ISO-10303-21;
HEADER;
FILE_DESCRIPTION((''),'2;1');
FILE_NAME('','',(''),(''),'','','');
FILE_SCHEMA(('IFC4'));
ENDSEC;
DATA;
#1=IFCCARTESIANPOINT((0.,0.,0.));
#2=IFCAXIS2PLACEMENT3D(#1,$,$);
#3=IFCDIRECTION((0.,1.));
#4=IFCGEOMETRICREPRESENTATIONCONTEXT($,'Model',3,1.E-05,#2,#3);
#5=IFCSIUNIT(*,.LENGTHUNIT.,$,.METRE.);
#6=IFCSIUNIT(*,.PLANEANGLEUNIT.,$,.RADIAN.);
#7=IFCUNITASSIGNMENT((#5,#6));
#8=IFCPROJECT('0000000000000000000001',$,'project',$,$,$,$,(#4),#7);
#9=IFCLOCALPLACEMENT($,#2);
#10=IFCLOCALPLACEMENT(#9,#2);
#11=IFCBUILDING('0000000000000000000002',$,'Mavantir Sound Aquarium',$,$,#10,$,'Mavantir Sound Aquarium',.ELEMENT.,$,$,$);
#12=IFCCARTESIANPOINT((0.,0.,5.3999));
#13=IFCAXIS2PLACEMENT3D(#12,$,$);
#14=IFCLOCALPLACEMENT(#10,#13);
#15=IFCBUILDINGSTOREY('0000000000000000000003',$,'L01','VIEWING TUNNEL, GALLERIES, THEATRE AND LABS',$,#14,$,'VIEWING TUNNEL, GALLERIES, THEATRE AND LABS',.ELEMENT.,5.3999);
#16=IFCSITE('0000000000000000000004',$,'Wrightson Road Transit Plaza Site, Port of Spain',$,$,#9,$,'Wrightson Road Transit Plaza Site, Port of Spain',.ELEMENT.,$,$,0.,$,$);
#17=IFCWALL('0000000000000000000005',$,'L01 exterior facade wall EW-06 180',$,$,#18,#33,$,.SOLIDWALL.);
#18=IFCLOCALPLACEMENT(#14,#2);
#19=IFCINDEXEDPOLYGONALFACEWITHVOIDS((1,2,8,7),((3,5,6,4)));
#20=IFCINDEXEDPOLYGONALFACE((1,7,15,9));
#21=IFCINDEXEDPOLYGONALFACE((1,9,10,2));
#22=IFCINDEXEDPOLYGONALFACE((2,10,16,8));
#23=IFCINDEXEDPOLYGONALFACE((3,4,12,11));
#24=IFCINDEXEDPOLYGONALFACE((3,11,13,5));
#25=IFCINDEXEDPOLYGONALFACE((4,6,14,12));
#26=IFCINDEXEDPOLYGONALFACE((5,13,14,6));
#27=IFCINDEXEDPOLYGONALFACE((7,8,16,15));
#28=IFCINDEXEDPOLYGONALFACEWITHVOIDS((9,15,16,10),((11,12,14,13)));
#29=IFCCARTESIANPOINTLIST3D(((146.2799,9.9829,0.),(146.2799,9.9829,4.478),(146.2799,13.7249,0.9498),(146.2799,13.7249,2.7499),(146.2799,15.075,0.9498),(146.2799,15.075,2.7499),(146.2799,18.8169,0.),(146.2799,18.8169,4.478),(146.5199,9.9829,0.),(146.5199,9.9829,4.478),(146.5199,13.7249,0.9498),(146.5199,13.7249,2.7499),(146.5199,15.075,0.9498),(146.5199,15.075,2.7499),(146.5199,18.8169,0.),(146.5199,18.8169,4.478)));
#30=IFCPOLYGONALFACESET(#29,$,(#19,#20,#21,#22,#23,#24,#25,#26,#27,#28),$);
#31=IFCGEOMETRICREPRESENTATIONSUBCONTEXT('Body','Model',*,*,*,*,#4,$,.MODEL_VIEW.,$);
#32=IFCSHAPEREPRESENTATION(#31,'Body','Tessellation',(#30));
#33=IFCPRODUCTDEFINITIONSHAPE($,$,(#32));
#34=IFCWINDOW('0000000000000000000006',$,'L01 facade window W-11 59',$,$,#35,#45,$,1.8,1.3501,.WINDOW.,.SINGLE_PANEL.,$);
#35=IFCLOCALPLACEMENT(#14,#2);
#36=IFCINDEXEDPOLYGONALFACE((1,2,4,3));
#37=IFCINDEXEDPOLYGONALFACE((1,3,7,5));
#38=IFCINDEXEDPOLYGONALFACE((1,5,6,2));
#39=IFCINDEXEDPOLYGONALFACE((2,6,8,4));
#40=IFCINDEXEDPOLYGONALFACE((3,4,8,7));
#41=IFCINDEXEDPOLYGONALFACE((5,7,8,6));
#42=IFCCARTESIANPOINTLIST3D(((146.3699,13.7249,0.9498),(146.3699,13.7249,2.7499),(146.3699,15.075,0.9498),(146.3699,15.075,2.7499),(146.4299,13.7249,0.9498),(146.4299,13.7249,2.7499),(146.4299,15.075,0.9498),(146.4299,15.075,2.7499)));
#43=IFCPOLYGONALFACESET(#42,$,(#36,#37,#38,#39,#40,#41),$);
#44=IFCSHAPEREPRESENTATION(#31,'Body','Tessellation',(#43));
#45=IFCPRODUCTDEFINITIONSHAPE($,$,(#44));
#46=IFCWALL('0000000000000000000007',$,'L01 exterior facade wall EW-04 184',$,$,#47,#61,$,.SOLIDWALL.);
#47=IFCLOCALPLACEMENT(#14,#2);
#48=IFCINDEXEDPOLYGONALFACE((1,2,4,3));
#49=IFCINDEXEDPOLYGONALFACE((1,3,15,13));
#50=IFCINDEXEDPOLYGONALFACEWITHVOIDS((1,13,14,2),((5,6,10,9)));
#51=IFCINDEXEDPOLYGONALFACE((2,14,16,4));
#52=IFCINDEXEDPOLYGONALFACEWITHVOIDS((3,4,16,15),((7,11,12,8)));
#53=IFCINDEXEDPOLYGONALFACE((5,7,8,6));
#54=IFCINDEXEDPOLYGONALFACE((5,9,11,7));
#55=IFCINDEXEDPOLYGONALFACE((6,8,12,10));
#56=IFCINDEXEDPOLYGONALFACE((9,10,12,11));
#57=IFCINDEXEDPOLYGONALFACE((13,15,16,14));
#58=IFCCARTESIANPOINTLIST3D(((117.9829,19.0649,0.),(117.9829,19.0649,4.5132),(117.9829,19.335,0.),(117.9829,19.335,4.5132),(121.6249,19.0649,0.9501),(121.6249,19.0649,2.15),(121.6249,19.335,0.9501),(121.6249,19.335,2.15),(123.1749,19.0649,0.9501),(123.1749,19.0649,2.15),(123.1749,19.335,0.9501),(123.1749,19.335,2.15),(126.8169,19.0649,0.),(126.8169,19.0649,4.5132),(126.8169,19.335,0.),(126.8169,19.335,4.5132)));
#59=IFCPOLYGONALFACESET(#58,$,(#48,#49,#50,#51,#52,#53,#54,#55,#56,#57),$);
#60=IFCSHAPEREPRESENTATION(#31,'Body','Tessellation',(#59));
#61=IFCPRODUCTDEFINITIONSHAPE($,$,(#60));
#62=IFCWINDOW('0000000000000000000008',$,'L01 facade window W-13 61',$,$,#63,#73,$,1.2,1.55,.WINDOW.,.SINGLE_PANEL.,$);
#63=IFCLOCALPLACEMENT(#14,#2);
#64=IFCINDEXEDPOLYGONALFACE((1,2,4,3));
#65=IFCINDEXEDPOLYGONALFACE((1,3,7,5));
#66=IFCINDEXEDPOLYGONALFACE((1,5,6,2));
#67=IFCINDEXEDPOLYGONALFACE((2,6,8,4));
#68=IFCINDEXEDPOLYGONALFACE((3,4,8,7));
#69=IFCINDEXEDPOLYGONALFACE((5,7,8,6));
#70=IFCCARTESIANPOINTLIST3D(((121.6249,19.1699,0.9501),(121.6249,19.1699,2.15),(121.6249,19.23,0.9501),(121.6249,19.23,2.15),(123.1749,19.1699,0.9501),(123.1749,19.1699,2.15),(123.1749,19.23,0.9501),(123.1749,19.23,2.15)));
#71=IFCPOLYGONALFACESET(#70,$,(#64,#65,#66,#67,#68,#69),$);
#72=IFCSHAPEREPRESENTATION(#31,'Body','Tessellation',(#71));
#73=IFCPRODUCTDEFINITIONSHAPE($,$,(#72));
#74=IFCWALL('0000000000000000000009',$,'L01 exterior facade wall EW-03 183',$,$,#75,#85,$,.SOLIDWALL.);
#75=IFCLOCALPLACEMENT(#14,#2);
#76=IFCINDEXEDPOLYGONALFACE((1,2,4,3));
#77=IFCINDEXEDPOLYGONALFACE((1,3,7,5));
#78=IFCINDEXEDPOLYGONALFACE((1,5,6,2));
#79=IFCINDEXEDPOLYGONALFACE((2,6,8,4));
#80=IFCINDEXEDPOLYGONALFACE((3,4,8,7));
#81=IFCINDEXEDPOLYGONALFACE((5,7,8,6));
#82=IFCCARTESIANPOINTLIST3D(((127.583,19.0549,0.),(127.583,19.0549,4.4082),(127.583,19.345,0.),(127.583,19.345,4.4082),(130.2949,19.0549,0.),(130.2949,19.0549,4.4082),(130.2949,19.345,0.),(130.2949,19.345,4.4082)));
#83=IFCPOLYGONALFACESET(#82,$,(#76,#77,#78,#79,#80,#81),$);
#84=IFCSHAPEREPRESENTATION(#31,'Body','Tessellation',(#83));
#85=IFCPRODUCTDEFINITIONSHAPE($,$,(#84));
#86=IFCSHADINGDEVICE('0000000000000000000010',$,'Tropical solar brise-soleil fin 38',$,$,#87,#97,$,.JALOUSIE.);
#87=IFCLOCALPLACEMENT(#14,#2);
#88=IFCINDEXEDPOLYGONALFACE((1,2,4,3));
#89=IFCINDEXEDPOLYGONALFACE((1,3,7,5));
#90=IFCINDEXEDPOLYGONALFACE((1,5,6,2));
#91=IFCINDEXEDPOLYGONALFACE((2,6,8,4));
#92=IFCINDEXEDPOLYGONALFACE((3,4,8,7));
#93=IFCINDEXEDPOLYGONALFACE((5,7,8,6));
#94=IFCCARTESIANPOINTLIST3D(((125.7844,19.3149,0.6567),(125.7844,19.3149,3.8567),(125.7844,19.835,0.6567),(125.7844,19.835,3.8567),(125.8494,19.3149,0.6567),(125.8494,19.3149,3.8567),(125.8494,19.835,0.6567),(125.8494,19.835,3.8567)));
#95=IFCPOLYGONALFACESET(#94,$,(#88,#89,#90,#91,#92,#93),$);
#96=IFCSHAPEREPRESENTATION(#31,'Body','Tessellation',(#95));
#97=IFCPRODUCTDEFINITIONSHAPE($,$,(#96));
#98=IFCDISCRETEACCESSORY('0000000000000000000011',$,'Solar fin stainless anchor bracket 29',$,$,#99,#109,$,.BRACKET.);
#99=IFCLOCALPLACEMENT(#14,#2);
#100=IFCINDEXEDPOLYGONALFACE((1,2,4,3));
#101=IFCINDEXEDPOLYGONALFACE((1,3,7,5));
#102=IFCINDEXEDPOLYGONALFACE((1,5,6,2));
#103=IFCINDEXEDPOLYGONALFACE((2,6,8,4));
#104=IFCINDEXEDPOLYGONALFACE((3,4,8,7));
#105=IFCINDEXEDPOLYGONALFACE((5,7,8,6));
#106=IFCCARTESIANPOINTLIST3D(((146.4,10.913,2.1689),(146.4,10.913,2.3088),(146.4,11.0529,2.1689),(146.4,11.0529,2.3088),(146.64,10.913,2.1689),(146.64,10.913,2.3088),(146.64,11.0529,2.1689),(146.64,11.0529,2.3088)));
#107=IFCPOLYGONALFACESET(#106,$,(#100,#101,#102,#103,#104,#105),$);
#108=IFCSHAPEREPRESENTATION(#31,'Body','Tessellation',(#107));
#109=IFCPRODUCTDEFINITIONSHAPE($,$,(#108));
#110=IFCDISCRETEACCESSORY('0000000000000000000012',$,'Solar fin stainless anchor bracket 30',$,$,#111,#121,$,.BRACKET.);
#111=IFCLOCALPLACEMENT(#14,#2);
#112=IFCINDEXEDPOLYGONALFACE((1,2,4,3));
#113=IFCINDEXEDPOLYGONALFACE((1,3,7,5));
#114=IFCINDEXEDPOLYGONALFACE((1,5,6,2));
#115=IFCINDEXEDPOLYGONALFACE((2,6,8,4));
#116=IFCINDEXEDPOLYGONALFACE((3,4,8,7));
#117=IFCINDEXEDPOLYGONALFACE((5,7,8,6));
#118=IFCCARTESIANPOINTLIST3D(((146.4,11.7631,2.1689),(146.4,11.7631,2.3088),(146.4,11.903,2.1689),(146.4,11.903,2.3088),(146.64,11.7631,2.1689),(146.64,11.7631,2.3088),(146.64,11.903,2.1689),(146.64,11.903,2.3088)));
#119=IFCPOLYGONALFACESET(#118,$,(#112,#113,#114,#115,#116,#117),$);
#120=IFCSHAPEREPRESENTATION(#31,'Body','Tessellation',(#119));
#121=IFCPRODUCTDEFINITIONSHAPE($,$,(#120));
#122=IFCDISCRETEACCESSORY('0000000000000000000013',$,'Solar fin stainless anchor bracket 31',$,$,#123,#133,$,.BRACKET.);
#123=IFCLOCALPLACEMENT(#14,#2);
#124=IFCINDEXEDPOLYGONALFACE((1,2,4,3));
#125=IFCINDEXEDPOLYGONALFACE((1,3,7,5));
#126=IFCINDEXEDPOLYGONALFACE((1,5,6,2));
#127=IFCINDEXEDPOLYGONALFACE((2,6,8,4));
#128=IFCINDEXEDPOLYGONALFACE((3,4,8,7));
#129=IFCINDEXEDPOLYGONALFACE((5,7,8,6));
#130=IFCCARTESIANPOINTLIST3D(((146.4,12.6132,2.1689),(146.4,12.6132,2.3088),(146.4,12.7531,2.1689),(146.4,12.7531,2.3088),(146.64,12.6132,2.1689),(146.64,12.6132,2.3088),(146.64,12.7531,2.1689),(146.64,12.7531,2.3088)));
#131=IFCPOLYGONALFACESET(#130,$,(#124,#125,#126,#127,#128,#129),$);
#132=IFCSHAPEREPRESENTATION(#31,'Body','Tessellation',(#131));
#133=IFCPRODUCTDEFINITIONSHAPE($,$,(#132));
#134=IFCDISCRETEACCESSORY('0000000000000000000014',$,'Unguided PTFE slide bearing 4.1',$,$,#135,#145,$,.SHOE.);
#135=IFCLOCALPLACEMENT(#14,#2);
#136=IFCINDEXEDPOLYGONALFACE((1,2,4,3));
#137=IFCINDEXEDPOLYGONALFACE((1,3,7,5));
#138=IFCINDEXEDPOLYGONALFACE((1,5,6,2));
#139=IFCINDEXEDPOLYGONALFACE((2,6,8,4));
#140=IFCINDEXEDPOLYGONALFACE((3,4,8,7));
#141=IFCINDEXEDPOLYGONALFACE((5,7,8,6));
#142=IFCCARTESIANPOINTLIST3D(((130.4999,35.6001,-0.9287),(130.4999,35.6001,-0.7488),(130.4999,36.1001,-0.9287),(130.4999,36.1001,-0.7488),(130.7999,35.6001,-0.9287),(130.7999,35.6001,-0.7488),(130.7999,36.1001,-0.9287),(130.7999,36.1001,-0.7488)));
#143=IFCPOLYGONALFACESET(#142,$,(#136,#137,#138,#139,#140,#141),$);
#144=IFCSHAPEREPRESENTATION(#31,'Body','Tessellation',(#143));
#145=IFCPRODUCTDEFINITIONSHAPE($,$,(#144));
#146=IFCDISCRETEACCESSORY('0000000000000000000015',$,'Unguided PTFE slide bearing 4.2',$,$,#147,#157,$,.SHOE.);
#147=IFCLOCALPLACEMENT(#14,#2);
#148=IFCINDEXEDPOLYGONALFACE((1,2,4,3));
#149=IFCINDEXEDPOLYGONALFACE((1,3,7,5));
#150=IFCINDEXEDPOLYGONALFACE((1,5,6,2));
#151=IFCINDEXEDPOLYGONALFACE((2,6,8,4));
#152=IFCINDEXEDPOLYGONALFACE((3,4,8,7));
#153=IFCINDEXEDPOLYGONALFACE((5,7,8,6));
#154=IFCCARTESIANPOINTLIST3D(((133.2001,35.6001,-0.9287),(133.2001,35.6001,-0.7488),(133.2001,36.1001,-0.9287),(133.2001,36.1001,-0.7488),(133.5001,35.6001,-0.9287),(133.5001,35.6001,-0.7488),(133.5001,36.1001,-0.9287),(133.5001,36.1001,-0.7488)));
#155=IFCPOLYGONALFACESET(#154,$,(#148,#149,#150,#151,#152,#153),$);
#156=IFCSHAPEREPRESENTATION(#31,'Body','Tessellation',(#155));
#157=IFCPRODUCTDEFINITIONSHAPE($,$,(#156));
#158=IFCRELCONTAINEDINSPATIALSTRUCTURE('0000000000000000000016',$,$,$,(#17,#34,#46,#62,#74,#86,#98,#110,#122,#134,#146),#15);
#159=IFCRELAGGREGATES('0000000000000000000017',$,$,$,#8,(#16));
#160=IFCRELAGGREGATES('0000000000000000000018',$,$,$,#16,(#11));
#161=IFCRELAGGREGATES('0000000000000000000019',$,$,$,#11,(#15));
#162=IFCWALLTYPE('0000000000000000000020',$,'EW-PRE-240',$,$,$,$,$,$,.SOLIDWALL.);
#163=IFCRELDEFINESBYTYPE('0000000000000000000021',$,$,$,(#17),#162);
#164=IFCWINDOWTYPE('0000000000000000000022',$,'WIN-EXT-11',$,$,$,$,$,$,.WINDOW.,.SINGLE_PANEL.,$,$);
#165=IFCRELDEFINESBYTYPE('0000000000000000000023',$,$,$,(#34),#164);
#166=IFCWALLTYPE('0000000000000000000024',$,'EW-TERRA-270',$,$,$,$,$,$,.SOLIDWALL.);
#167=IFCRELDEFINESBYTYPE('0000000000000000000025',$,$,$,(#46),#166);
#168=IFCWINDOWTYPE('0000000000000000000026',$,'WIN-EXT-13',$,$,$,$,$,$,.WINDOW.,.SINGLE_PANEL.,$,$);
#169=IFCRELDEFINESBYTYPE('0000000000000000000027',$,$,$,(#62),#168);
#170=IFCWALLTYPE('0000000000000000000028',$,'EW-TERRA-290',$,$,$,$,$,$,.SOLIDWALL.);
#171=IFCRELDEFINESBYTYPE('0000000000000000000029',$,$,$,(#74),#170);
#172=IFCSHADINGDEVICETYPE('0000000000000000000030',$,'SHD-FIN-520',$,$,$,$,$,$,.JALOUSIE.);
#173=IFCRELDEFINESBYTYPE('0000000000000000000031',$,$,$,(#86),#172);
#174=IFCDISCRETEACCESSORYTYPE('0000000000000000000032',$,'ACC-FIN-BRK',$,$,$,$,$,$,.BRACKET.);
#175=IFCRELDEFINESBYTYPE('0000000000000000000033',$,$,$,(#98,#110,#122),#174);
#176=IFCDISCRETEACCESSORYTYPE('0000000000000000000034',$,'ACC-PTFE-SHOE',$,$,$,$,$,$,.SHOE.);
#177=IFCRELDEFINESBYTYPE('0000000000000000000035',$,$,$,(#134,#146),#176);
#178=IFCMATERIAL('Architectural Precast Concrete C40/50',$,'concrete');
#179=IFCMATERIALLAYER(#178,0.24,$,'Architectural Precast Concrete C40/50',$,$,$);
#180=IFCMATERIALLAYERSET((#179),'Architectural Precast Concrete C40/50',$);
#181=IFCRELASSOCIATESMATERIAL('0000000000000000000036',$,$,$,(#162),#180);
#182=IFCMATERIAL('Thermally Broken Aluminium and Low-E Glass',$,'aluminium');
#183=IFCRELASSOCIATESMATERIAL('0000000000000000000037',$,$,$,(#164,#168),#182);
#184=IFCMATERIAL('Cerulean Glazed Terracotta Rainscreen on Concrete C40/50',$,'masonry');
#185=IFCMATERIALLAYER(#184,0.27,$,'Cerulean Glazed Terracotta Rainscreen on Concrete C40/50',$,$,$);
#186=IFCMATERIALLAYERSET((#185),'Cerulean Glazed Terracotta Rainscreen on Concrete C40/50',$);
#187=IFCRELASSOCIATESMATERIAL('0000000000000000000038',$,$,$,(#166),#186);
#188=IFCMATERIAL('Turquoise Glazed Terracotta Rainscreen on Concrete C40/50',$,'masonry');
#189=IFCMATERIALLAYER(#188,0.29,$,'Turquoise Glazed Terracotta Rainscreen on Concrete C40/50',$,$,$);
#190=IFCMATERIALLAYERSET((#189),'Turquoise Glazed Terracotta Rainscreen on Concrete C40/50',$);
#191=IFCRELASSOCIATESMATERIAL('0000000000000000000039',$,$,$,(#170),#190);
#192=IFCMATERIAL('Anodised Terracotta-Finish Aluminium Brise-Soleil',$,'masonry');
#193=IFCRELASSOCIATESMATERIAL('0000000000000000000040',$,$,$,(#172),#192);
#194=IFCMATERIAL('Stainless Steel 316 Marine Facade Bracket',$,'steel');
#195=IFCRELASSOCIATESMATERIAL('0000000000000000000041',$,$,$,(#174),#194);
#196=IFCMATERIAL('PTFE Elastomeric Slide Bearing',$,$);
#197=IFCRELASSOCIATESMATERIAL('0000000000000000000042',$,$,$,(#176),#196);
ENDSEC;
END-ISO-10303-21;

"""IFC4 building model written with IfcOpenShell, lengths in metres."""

from ifc_helpers import new_model, si_unit, direction, frame, frame_2d, origin, origin_2d, place, context, subcontext, project, spatial, rectangle, extrude, material, layer, layer_set, type_object, element, fill, save


model = new_model("IFC4")

# Units and contexts
model_context = context("Model", 3, precision=1e-05, world=origin(), true_north=direction((0.0, 1.0)))
body_context = subcontext(model_context, "Body", "Model", "MODEL_VIEW")
ifc_project = project(units=[si_unit("LENGTHUNIT", "METRE"), si_unit("PLANEANGLEUNIT", "RADIAN")], contexts=[model_context])

# Site, building, storey
site_placement = place(None, origin())
site = spatial("IfcSite", under=ifc_project, at=site_placement, Name="Wrightson Road Transit Plaza Site, Port of Spain", LongName="Wrightson Road Transit Plaza Site, Port of Spain", CompositionType="ELEMENT", RefElevation=0.0)
building_placement = place(site_placement, origin())
building = spatial("IfcBuilding", under=site, at=building_placement, Name="Mavantir Sound Aquarium", LongName="Mavantir Sound Aquarium", CompositionType="ELEMENT")
storey_placement = place(building_placement, frame((0.0, 0.0, 5.3999)))
storey = spatial("IfcBuildingStorey", under=building, at=storey_placement, Name="L01", Description="VIEWING TUNNEL, GALLERIES, THEATRE AND LABS", LongName="VIEWING TUNNEL, GALLERIES, THEATRE AND LABS", CompositionType="ELEMENT", Elevation=5.3999)

# Walls, openings, windows
ifc_material_1 = material(Name="Thermally Broken Aluminium and Low-E Glass", Category="aluminium")
ifc_material_2 = material(Name="Architectural Precast Concrete C40/50", Category="concrete")
ifc_layer_1 = layer(ifc_material_2, 0.24, Name="Architectural Precast Concrete C40/50")
ifc_layer_set_1 = layer_set([ifc_layer_1], Name="Architectural Precast Concrete C40/50")
wall_type_1 = type_object("IfcWallType", Name="EW-PRE-240", PredefinedType="SOLIDWALL", material=ifc_layer_set_1)
wall_1_placement = place(storey_placement, frame((146.3999, 9.9829, 0.0), z_axis=(0.0, 0.0, 1.0), x_axis=(0.0, 1.0, 0.0)))
wall_1 = element("IfcWall", 1, at=wall_1_placement, inside=storey, type_object=wall_type_1, Name="L01 exterior facade wall EW-06 180", PredefinedType="SOLIDWALL", context=body_context, shape_type="SweptSolid", body=[
    extrude(rectangle(XDim=8.834, YDim=0.24, at=frame_2d((4.417, 0.0))), origin(), (0.0, 0.0, 1.0), 4.478),
])
opening_1_placement = place(wall_1_placement, frame((3.7419, 0.0, 0.95)))
opening_1 = element("IfcOpeningElement", 2, at=opening_1_placement, cuts=wall_1, PredefinedType="OPENING", context=body_context, shape_type="SweptSolid", body=[
    extrude(rectangle(XDim=1.3501, YDim=1.8, at=frame_2d((0.675, 0.8999))), frame((0.0, 0.1299, 0.0), z_axis=(0.0, -1.0, 0.0), x_axis=(1.0, 0.0, 0.0)), (0.0, 0.0, 1.0), 0.26),
])
window_type_1 = type_object("IfcWindowType", Name="WIN-EXT-11", PartitioningType="SINGLE_PANEL", PredefinedType="WINDOW", material=ifc_material_1)
window_1_placement = place(opening_1_placement, origin())
window_1 = element("IfcWindow", 3, at=window_1_placement, inside=storey, type_object=window_type_1, Name="L01 facade window W-11 59", OverallHeight=1.8, OverallWidth=1.3501, PartitioningType="SINGLE_PANEL", PredefinedType="WINDOW", context=body_context, shape_type="SweptSolid", body=[
    extrude(rectangle(XDim=1.3501, YDim=1.8, at=frame_2d((0.675, 0.8999))), frame((0.0, 0.03, 0.0), z_axis=(0.0, -1.0, 0.0), x_axis=(1.0, 0.0, 0.0)), (0.0, 0.0, 1.0), 0.0601),
])
fill(opening_1, window_1)
ifc_material_3 = material(Name="Cerulean Glazed Terracotta Rainscreen on Concrete C40/50", Category="masonry")
ifc_layer_2 = layer(ifc_material_3, 0.27, Name="Cerulean Glazed Terracotta Rainscreen on Concrete C40/50")
ifc_layer_set_2 = layer_set([ifc_layer_2], Name="Cerulean Glazed Terracotta Rainscreen on Concrete C40/50")
wall_type_2 = type_object("IfcWallType", Name="EW-TERRA-270", PredefinedType="SOLIDWALL", material=ifc_layer_set_2)
wall_2_placement = place(storey_placement, frame((126.8169, 19.2, 0.0), z_axis=(0.0, 0.0, 1.0), x_axis=(-1.0, 0.0, 0.0)))
wall_2 = element("IfcWall", 4, at=wall_2_placement, inside=storey, type_object=wall_type_2, Name="L01 exterior facade wall EW-04 184", PredefinedType="SOLIDWALL", context=body_context, shape_type="SweptSolid", body=[
    extrude(rectangle(XDim=8.834, YDim=0.27, at=frame_2d((4.417, 0.0))), origin(), (0.0, 0.0, 1.0), 4.5132),
])
opening_2_placement = place(wall_2_placement, frame((3.6421, 0.0, 0.95)))
opening_2 = element("IfcOpeningElement", 5, at=opening_2_placement, cuts=wall_2, PredefinedType="OPENING", context=body_context, shape_type="SweptSolid", body=[
    extrude(rectangle(XDim=1.55, YDim=1.2, at=frame_2d((0.7749, 0.6001))), frame((0.0, 0.145, 0.0), z_axis=(0.0, -1.0, 0.0), x_axis=(1.0, 0.0, 0.0)), (0.0, 0.0, 1.0), 0.29),
])
window_type_2 = type_object("IfcWindowType", Name="WIN-EXT-13", PartitioningType="SINGLE_PANEL", PredefinedType="WINDOW", material=ifc_material_1)
window_2_placement = place(opening_2_placement, origin())
window_2 = element("IfcWindow", 6, at=window_2_placement, inside=storey, type_object=window_type_2, Name="L01 facade window W-13 61", OverallHeight=1.2, OverallWidth=1.55, PartitioningType="SINGLE_PANEL", PredefinedType="WINDOW", context=body_context, shape_type="SweptSolid", body=[
    extrude(rectangle(XDim=1.55, YDim=1.2, at=frame_2d((0.7749, 0.6001))), frame((0.0, 0.03, 0.0), z_axis=(0.0, -1.0, 0.0), x_axis=(1.0, 0.0, 0.0)), (0.0, 0.0, 1.0), 0.0601),
])
fill(opening_2, window_2)

# Wall
ifc_material_4 = material(Name="Turquoise Glazed Terracotta Rainscreen on Concrete C40/50", Category="masonry")
ifc_layer_3 = layer(ifc_material_4, 0.29, Name="Turquoise Glazed Terracotta Rainscreen on Concrete C40/50")
ifc_layer_set_3 = layer_set([ifc_layer_3], Name="Turquoise Glazed Terracotta Rainscreen on Concrete C40/50")
wall_type_3 = type_object("IfcWallType", Name="EW-TERRA-290", PredefinedType="SOLIDWALL", material=ifc_layer_set_3)
wall_3_placement = place(storey_placement, frame((130.2949, 19.2, 0.0), z_axis=(0.0, 0.0, 1.0), x_axis=(-1.0, 0.0, 0.0)))
element("IfcWall", 7, at=wall_3_placement, inside=storey, type_object=wall_type_3, Name="L01 exterior facade wall EW-03 183", PredefinedType="SOLIDWALL", context=body_context, shape_type="SweptSolid", body=[
    extrude(rectangle(XDim=2.7119, YDim=0.29, at=frame_2d((1.356, 0.0))), origin(), (0.0, 0.0, 1.0), 4.4082),
])

# Shading device
ifc_material_5 = material(Name="Anodised Terracotta-Finish Aluminium Brise-Soleil", Category="masonry")
shading_device_type = type_object("IfcShadingDeviceType", Name="SHD-FIN-520", PredefinedType="JALOUSIE", material=ifc_material_5)
shading_device_placement = place(storey_placement, frame((125.8169, 19.575, 0.6567), z_axis=(0.0, 0.0, 1.0), x_axis=(1.0, 0.0, 0.0)))
element("IfcShadingDevice", 8, at=shading_device_placement, inside=storey, type_object=shading_device_type, Name="Tropical solar brise-soleil fin 38", PredefinedType="JALOUSIE", context=body_context, shape_type="SweptSolid", body=[
    extrude(rectangle(XDim=0.0649, YDim=0.52, at=origin_2d()), origin(), (0.0, 0.0, 1.0), 3.2),
])

# Discrete accessories
ifc_material_6 = material(Name="Stainless Steel 316 Marine Facade Bracket", Category="steel")
discrete_accessory_type_1 = type_object("IfcDiscreteAccessoryType", Name="ACC-FIN-BRK", PredefinedType="BRACKET", material=ifc_material_6)
for number, where, z_axis, x_axis, name in (
    (9, (146.52, 10.9829, 2.1689), (0.0, 0.0, 1.0), (0.0, -1.0, 0.0), "Solar fin stainless anchor bracket 29"),
    (10, (146.52, 11.833, 2.1689), (0.0, 0.0, 1.0), (0.0, -1.0, 0.0), "Solar fin stainless anchor bracket 30"),
    (11, (146.52, 12.6831, 2.1689), (0.0, 0.0, 1.0), (0.0, -1.0, 0.0), "Solar fin stainless anchor bracket 31"),
):
    element("IfcDiscreteAccessory", number, at=place(storey_placement, frame(where, z_axis=z_axis, x_axis=x_axis)), inside=storey, type_object=discrete_accessory_type_1, Name=name, PredefinedType="BRACKET", context=body_context, shape_type="SweptSolid", body=[
        extrude(rectangle(XDim=0.1399, YDim=0.24, at=origin_2d()), origin(), (0.0, 0.0, 1.0), 0.1399),
    ])
ifc_material_7 = material(Name="PTFE Elastomeric Slide Bearing")
discrete_accessory_type_2 = type_object("IfcDiscreteAccessoryType", Name="ACC-PTFE-SHOE", PredefinedType="SHOE", material=ifc_material_7)
for number, where, z_axis, x_axis, name in (
    (12, (130.6499, 35.8501, -0.9287), (0.0, 0.0, 1.0), (1.0, 0.0, 0.0), "Unguided PTFE slide bearing 4.1"),
    (13, (133.3501, 35.8501, -0.9287), (0.0, 0.0, 1.0), (1.0, 0.0, 0.0), "Unguided PTFE slide bearing 4.2"),
):
    element("IfcDiscreteAccessory", number, at=place(storey_placement, frame(where, z_axis=z_axis, x_axis=x_axis)), inside=storey, type_object=discrete_accessory_type_2, Name=name, PredefinedType="SHOE", context=body_context, shape_type="SweptSolid", body=[
        extrude(rectangle(XDim=0.3, YDim=0.5, at=origin_2d()), origin(), (0.0, 0.0, 1.0), 0.1799),
    ])

save(model, "model.ifc")
